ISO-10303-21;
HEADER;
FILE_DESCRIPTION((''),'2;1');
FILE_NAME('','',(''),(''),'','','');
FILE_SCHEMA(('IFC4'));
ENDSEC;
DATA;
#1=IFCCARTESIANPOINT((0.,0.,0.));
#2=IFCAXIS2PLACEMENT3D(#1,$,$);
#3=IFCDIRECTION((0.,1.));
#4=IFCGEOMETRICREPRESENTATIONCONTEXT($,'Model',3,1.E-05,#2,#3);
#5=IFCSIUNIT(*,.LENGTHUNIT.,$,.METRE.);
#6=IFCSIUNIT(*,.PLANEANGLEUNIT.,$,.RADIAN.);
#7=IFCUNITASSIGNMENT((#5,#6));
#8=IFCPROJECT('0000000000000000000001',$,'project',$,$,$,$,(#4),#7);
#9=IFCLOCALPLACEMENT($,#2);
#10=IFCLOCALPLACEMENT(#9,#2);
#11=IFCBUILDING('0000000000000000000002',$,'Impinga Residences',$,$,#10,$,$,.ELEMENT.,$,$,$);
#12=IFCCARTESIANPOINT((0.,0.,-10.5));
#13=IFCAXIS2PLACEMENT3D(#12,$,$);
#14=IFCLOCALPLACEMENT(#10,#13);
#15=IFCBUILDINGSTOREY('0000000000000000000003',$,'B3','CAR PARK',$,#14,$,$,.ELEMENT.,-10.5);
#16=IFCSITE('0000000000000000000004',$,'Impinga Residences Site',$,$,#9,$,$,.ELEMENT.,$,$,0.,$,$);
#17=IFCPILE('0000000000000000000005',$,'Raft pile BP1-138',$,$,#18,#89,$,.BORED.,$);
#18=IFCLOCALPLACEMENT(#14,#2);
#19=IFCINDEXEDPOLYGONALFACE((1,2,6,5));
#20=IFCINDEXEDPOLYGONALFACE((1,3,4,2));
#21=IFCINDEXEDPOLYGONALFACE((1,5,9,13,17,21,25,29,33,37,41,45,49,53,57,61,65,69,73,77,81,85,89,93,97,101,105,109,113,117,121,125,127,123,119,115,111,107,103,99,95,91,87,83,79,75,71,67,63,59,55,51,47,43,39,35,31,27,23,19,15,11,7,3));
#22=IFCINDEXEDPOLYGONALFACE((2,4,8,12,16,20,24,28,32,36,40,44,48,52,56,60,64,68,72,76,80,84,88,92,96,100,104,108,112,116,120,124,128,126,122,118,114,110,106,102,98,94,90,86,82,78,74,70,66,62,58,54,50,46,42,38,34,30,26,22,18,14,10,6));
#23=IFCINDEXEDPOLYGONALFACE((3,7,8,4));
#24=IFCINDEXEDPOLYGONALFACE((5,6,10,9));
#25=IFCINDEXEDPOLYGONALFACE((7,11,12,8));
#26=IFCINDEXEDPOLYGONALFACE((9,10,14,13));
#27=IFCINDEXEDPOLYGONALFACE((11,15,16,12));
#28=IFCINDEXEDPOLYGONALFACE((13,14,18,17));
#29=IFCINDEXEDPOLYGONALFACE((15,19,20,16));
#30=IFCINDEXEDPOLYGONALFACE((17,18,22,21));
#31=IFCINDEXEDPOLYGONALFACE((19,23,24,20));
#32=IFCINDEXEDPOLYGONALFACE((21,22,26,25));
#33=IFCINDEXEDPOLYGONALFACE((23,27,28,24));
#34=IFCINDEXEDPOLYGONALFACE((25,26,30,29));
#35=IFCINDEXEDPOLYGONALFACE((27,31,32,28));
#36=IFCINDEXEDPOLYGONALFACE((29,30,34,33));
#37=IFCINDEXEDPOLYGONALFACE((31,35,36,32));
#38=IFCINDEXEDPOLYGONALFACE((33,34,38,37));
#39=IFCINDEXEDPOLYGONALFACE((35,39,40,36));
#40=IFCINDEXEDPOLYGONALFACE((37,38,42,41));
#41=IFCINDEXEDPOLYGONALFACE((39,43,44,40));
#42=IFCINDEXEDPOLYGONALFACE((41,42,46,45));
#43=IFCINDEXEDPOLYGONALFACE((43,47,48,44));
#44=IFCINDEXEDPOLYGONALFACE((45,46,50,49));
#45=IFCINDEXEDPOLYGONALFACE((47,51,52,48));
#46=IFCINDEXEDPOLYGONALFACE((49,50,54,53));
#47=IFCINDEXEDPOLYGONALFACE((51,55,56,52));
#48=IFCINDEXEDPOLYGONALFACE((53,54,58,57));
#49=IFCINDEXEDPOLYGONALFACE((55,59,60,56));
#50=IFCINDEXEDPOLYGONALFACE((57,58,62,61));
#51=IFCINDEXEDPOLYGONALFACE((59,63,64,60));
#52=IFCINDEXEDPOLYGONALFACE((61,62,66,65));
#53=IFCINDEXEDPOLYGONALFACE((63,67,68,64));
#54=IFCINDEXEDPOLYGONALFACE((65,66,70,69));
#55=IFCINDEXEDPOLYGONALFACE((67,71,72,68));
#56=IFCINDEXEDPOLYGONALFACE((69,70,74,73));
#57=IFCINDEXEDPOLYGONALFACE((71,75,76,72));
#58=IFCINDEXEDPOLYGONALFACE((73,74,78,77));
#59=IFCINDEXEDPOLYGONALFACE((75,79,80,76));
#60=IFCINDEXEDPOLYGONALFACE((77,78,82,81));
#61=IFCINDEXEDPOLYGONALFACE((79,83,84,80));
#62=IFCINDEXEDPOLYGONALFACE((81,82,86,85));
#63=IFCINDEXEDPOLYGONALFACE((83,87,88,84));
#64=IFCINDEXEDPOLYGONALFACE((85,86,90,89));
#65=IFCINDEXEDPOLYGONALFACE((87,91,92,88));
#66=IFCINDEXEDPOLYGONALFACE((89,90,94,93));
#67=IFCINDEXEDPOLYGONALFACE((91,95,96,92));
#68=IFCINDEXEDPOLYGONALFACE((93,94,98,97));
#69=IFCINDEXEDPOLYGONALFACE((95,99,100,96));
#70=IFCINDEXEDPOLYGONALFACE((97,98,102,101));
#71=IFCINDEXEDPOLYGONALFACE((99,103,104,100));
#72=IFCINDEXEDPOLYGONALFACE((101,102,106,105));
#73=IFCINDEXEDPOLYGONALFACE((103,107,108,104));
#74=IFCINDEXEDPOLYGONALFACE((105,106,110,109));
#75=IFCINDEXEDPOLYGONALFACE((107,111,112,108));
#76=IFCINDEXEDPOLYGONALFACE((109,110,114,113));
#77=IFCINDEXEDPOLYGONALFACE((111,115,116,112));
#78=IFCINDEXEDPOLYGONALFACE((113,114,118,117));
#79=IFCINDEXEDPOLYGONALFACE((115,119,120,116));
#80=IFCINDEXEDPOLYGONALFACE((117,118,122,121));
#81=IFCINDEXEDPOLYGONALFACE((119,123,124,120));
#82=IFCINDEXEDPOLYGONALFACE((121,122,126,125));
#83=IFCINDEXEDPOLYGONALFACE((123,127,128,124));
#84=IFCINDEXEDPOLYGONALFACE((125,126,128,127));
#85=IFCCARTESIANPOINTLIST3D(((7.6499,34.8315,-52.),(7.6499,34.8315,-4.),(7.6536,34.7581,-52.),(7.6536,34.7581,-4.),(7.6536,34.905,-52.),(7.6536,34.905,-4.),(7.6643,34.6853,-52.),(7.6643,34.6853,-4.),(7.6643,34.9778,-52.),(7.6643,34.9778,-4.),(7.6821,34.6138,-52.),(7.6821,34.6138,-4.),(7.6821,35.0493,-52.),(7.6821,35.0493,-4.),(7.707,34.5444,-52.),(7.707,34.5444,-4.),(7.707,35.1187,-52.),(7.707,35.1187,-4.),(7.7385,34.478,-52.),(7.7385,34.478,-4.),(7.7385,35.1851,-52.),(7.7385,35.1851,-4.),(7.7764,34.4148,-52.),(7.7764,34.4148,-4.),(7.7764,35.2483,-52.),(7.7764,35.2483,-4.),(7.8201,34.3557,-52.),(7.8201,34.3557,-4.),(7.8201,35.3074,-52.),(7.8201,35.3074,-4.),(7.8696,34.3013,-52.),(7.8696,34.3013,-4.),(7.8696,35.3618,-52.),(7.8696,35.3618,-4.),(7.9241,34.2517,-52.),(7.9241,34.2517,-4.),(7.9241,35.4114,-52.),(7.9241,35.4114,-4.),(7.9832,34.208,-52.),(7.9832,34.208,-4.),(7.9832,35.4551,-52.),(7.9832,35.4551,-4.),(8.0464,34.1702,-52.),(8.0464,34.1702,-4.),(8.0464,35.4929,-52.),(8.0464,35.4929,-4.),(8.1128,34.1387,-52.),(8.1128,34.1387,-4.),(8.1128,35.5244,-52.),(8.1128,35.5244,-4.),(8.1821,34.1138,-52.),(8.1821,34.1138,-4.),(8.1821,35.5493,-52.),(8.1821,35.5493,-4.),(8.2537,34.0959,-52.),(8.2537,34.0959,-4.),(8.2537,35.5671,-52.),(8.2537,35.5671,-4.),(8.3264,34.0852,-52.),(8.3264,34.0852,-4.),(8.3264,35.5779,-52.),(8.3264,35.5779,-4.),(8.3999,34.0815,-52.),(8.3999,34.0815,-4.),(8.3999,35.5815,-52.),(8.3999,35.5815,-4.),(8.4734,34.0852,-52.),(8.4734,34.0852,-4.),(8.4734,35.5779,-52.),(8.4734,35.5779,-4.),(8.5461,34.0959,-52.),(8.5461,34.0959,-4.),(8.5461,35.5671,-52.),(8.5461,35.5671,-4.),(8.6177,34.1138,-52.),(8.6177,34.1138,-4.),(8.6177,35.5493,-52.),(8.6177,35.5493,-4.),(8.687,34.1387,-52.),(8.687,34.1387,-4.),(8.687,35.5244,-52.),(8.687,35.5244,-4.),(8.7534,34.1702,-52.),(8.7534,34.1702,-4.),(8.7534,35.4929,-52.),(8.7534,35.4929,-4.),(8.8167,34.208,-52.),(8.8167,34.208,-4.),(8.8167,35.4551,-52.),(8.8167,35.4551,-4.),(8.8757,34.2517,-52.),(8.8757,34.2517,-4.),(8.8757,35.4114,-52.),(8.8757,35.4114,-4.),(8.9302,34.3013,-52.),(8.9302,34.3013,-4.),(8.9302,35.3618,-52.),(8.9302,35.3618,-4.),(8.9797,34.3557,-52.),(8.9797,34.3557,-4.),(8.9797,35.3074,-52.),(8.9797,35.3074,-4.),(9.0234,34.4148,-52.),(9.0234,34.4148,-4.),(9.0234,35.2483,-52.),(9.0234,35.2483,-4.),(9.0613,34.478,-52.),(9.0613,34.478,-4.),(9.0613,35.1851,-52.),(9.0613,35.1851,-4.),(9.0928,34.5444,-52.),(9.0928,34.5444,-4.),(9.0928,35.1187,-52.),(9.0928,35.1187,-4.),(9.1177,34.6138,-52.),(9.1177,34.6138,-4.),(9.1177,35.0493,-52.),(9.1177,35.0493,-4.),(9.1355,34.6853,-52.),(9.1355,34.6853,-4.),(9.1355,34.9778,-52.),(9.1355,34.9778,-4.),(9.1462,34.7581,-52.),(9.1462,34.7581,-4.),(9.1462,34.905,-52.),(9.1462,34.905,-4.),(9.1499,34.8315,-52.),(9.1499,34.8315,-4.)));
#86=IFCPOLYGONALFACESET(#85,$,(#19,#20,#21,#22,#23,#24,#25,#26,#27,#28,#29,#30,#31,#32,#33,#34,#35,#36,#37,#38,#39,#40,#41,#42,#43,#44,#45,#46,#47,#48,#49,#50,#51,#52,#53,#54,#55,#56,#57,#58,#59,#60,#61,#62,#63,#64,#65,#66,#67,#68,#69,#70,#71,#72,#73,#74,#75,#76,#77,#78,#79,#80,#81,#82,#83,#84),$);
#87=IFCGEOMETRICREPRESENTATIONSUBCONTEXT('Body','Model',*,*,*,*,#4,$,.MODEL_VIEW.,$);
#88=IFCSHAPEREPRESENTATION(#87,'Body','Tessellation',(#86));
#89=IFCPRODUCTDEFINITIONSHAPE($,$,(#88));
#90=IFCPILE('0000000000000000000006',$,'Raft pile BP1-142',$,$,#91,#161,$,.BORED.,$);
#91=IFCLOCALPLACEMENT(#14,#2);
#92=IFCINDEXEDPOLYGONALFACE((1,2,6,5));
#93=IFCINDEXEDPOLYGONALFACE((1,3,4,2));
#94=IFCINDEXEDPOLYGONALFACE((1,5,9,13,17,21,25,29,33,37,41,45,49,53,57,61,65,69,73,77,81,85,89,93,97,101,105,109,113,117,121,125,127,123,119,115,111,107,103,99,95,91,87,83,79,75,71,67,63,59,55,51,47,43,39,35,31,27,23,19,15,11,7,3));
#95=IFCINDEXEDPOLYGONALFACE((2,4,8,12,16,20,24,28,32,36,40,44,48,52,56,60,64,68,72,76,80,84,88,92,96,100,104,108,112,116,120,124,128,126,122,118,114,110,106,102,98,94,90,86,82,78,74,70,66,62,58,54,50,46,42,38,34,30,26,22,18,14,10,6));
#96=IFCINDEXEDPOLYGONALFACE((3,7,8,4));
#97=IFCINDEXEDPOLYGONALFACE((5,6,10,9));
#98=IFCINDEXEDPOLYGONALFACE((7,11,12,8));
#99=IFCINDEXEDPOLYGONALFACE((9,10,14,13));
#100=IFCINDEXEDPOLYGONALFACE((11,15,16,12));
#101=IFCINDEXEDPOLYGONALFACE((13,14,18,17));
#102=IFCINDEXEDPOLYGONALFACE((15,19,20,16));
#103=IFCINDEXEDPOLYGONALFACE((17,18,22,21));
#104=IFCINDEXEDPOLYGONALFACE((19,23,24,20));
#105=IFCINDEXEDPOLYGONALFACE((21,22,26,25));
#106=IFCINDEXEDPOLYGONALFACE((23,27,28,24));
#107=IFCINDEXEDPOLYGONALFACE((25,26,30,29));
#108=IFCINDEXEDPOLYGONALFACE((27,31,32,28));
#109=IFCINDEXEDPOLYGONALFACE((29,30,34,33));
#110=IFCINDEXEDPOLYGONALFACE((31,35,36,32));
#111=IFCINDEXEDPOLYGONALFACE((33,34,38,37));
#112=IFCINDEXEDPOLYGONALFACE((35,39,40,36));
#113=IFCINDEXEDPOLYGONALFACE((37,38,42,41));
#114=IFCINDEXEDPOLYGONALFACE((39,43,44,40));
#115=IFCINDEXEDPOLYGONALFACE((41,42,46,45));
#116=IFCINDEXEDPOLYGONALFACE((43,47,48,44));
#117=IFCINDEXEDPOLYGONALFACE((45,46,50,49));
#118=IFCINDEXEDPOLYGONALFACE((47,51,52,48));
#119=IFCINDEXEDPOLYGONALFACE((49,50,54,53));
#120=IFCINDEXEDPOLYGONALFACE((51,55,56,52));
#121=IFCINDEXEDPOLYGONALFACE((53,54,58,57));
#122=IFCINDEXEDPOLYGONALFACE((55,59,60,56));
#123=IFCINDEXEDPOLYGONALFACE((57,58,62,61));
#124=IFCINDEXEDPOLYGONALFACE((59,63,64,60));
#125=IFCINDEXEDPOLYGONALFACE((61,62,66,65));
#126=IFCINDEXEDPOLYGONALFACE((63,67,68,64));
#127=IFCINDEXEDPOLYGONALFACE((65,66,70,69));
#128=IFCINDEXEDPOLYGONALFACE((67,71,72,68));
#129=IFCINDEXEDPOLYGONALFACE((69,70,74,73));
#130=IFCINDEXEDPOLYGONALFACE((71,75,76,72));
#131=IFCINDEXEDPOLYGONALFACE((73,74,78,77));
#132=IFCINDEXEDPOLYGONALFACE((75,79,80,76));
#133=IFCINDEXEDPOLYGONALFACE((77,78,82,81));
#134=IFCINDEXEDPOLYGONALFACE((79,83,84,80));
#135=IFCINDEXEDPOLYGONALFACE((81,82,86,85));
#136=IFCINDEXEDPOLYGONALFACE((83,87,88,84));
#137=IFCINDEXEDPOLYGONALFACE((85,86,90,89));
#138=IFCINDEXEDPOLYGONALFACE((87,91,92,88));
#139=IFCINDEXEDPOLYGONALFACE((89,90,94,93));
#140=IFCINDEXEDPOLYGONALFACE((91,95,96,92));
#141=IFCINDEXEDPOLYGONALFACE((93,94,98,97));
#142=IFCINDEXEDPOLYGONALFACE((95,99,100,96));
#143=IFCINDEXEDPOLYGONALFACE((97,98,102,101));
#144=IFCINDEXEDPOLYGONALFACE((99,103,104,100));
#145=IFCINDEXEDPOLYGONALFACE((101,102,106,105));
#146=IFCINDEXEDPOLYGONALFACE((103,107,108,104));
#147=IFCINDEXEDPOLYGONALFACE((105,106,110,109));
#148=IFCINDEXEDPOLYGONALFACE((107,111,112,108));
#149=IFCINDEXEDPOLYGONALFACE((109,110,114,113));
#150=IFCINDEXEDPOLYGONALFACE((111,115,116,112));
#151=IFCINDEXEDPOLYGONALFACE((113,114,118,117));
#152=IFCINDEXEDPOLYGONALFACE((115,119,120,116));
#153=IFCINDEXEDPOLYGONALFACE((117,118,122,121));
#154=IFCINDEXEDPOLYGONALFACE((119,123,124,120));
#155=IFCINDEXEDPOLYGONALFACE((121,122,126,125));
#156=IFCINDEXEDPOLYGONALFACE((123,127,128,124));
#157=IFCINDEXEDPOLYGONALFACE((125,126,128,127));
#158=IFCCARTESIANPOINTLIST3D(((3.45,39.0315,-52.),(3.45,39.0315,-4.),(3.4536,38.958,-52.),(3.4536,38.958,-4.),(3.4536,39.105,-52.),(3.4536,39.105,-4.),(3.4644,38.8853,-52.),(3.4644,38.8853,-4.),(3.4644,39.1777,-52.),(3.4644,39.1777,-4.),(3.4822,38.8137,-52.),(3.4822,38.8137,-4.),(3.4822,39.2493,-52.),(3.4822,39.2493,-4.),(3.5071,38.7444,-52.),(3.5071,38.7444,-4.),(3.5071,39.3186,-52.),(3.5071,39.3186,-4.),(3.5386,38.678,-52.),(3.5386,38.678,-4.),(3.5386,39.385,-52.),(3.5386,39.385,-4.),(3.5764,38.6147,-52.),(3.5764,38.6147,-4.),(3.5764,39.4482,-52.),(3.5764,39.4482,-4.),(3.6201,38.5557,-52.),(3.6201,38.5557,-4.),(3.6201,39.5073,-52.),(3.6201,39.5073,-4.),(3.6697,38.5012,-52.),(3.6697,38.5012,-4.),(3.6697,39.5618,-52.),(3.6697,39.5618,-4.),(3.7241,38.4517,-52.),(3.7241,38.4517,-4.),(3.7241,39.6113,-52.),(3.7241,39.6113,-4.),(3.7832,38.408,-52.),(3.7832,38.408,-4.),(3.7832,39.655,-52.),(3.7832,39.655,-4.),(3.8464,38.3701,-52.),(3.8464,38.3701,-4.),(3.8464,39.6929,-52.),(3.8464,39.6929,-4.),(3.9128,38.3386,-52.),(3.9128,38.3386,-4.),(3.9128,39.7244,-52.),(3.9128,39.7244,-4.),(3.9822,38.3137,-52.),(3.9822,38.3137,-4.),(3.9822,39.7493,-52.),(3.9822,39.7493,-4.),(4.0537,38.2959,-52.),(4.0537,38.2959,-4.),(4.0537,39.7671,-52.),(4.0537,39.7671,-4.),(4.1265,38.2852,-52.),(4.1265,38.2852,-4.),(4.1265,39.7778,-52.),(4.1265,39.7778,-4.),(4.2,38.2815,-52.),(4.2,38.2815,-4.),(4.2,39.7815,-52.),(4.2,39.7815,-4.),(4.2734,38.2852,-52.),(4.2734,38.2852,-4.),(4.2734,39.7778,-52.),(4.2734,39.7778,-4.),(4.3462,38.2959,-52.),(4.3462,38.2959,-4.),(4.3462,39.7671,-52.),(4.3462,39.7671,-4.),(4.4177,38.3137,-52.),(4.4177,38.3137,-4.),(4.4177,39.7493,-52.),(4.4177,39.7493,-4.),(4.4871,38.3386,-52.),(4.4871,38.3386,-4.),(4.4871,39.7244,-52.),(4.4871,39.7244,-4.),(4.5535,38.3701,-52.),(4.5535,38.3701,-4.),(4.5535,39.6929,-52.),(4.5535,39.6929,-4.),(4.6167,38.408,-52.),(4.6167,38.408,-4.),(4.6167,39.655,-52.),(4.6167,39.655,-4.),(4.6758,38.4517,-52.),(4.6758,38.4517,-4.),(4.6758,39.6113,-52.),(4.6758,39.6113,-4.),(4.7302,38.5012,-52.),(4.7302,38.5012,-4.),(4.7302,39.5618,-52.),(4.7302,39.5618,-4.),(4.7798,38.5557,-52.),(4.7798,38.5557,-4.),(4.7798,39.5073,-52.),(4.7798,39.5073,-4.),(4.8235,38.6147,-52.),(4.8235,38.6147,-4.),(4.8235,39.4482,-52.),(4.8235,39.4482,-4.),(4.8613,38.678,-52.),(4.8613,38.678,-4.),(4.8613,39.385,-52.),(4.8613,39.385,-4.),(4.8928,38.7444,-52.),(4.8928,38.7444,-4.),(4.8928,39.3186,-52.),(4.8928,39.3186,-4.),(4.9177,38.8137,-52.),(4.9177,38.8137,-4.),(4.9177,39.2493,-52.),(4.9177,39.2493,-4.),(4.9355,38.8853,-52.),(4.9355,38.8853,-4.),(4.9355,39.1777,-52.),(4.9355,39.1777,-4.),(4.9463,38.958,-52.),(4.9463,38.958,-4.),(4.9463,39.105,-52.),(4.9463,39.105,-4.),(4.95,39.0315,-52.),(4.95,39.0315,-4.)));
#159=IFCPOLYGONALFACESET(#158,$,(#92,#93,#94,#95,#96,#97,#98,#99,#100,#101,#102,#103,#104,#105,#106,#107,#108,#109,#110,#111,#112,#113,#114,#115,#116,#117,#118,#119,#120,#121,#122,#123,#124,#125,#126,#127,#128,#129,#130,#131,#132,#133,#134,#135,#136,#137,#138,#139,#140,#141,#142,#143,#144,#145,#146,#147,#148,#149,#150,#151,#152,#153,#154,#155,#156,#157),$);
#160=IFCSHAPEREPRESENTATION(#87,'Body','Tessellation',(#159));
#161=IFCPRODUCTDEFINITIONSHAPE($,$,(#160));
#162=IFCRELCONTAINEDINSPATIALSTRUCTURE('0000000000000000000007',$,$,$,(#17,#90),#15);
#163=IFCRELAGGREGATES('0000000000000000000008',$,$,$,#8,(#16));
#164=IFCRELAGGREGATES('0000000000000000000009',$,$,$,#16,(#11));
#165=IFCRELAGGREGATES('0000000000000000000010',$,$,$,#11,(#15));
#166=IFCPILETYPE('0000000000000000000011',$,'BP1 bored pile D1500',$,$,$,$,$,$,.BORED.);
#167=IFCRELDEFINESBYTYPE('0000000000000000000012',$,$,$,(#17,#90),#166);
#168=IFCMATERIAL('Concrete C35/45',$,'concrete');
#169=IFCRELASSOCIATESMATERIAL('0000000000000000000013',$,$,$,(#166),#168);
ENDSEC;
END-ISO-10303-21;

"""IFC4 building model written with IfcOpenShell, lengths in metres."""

from ifc_helpers import new_model, si_unit, direction, frame, origin, origin_2d, place, context, subcontext, project, spatial, polyline, circle, outline, extrude, material, material_profile, profile_set, type_object, element, save


model = new_model("IFC4")

# Units and contexts
model_context = context("Model", 3, precision=1e-05, world=origin(), true_north=direction((0.0, 1.0)))
body_context = subcontext(model_context, "Body", "Model", "MODEL_VIEW")
ifc_project = project(units=[si_unit("LENGTHUNIT", "METRE"), si_unit("PLANEANGLEUNIT", "RADIAN")], contexts=[model_context])

# Site, building, storey
site_placement = place(None, origin())
site = spatial("IfcSite", under=ifc_project, at=site_placement, Name="Impinga Residences Site", CompositionType="ELEMENT", RefElevation=0.0)
building_placement = place(site_placement, origin())
building = spatial("IfcBuilding", under=site, at=building_placement, Name="Impinga Residences", CompositionType="ELEMENT")
storey_placement = place(building_placement, frame((0.0, 0.0, -10.5)))
storey = spatial("IfcBuildingStorey", under=building, at=storey_placement, Name="B3", Description="CAR PARK", CompositionType="ELEMENT", Elevation=-10.5)

# Piles
ifc_material_1 = material(Name="Concrete C35/45", Category="concrete")
ifc_material_profile_1 = material_profile(ifc_material_1, circle(Radius=0.75, at=origin_2d()), Name="D1500")
ifc_profile_set_1 = profile_set([ifc_material_profile_1], Name="Concrete C35/45")
pile_type_1 = type_object("IfcPileType", Name="BP1 bored pile D1500", PredefinedType="BORED", material=ifc_profile_set_1)
pile_1_placement = place(storey_placement, frame((8.3999, 34.8315, -4.0), z_axis=(0.0, 0.0, -1.0), x_axis=(1.0, 0.0, 0.0)))
element("IfcPile", 1, at=pile_1_placement, inside=storey, type_object=pile_type_1, Name="Raft pile BP1-138", PredefinedType="BORED", context=body_context, shape_type="SweptSolid", body=[
    extrude(outline(polyline([(0.75, 0.0), (0.7463, 0.0735), (0.7356, 0.1462), (0.7178, 0.2178), (0.6929, 0.2871), (0.6614, 0.3535), (0.6235, 0.4167), (0.5798, 0.4758), (0.5303, 0.5303), (0.4758, 0.5798), (0.4167, 0.6235), (0.3535, 0.6614), (0.2871, 0.6929), (0.2178, 0.7178), (0.1462, 0.7356), (0.0735, 0.7463), (0.0, 0.75), (-0.0735, 0.7463), (-0.1462, 0.7356), (-0.2178, 0.7178), (-0.2871, 0.6929), (-0.3535, 0.6614), (-0.4167, 0.6235), (-0.4758, 0.5798), (-0.5303, 0.5303), (-0.5798, 0.4758), (-0.6235, 0.4167), (-0.6614, 0.3535), (-0.6929, 0.2871), (-0.7178, 0.2178), (-0.7356, 0.1462), (-0.7463, 0.0735), (-0.75, 0.0), (-0.7463, -0.0735), (-0.7356, -0.1462), (-0.7178, -0.2178), (-0.6929, -0.2871), (-0.6614, -0.3535), (-0.6235, -0.4167), (-0.5798, -0.4758), (-0.5303, -0.5303), (-0.4758, -0.5798), (-0.4167, -0.6235), (-0.3535, -0.6614), (-0.2871, -0.6929), (-0.2178, -0.7178), (-0.1462, -0.7356), (-0.0735, -0.7463), (0.0, -0.75), (0.0735, -0.7463), (0.1462, -0.7356), (0.2178, -0.7178), (0.2871, -0.6929), (0.3535, -0.6614), (0.4167, -0.6235), (0.4758, -0.5798), (0.5303, -0.5303), (0.5798, -0.4758), (0.6235, -0.4167), (0.6614, -0.3535), (0.6929, -0.2871), (0.7178, -0.2178), (0.7356, -0.1462), (0.7463, -0.0735), (0.75, 0.0)])), origin(), (0.0, 0.0, 1.0), 48.0),
])
pile_2_placement = place(storey_placement, frame((4.2, 39.0315, -4.0), z_axis=(0.0, 0.0, -1.0), x_axis=(1.0, 0.0, 0.0)))
element("IfcPile", 2, at=pile_2_placement, inside=storey, type_object=pile_type_1, Name="Raft pile BP1-142", PredefinedType="BORED", context=body_context, shape_type="SweptSolid", body=[
    extrude(outline(polyline([(0.75, 0.0), (0.7463, 0.0735), (0.7356, 0.1462), (0.7178, 0.2178), (0.6929, 0.2871), (0.6614, 0.3535), (0.6235, 0.4167), (0.5798, 0.4758), (0.5303, 0.5303), (0.4758, 0.5798), (0.4167, 0.6235), (0.3535, 0.6614), (0.2871, 0.6929), (0.2178, 0.7178), (0.1462, 0.7356), (0.0735, 0.7463), (0.0, 0.75), (-0.0735, 0.7463), (-0.1462, 0.7356), (-0.2178, 0.7178), (-0.2871, 0.6929), (-0.3535, 0.6614), (-0.4167, 0.6235), (-0.4758, 0.5798), (-0.5303, 0.5303), (-0.5798, 0.4758), (-0.6235, 0.4167), (-0.6614, 0.3535), (-0.6929, 0.2871), (-0.7178, 0.2178), (-0.7356, 0.1462), (-0.7463, 0.0735), (-0.75, 0.0), (-0.7463, -0.0735), (-0.7356, -0.1462), (-0.7178, -0.2178), (-0.6929, -0.2871), (-0.6614, -0.3535), (-0.6235, -0.4167), (-0.5798, -0.4758), (-0.5303, -0.5303), (-0.4758, -0.5798), (-0.4167, -0.6235), (-0.3535, -0.6614), (-0.2871, -0.6929), (-0.2178, -0.7178), (-0.1462, -0.7356), (-0.0735, -0.7463), (0.0, -0.75), (0.0735, -0.7463), (0.1462, -0.7356), (0.2178, -0.7178), (0.2871, -0.6929), (0.3535, -0.6614), (0.4167, -0.6235), (0.4758, -0.5798), (0.5303, -0.5303), (0.5798, -0.4758), (0.6235, -0.4167), (0.6614, -0.3535), (0.6929, -0.2871), (0.7178, -0.2178), (0.7356, -0.1462), (0.7463, -0.0735), (0.75, 0.0)])), origin(), (0.0, 0.0, 1.0), 48.0),
])

save(model, "model.ifc")
